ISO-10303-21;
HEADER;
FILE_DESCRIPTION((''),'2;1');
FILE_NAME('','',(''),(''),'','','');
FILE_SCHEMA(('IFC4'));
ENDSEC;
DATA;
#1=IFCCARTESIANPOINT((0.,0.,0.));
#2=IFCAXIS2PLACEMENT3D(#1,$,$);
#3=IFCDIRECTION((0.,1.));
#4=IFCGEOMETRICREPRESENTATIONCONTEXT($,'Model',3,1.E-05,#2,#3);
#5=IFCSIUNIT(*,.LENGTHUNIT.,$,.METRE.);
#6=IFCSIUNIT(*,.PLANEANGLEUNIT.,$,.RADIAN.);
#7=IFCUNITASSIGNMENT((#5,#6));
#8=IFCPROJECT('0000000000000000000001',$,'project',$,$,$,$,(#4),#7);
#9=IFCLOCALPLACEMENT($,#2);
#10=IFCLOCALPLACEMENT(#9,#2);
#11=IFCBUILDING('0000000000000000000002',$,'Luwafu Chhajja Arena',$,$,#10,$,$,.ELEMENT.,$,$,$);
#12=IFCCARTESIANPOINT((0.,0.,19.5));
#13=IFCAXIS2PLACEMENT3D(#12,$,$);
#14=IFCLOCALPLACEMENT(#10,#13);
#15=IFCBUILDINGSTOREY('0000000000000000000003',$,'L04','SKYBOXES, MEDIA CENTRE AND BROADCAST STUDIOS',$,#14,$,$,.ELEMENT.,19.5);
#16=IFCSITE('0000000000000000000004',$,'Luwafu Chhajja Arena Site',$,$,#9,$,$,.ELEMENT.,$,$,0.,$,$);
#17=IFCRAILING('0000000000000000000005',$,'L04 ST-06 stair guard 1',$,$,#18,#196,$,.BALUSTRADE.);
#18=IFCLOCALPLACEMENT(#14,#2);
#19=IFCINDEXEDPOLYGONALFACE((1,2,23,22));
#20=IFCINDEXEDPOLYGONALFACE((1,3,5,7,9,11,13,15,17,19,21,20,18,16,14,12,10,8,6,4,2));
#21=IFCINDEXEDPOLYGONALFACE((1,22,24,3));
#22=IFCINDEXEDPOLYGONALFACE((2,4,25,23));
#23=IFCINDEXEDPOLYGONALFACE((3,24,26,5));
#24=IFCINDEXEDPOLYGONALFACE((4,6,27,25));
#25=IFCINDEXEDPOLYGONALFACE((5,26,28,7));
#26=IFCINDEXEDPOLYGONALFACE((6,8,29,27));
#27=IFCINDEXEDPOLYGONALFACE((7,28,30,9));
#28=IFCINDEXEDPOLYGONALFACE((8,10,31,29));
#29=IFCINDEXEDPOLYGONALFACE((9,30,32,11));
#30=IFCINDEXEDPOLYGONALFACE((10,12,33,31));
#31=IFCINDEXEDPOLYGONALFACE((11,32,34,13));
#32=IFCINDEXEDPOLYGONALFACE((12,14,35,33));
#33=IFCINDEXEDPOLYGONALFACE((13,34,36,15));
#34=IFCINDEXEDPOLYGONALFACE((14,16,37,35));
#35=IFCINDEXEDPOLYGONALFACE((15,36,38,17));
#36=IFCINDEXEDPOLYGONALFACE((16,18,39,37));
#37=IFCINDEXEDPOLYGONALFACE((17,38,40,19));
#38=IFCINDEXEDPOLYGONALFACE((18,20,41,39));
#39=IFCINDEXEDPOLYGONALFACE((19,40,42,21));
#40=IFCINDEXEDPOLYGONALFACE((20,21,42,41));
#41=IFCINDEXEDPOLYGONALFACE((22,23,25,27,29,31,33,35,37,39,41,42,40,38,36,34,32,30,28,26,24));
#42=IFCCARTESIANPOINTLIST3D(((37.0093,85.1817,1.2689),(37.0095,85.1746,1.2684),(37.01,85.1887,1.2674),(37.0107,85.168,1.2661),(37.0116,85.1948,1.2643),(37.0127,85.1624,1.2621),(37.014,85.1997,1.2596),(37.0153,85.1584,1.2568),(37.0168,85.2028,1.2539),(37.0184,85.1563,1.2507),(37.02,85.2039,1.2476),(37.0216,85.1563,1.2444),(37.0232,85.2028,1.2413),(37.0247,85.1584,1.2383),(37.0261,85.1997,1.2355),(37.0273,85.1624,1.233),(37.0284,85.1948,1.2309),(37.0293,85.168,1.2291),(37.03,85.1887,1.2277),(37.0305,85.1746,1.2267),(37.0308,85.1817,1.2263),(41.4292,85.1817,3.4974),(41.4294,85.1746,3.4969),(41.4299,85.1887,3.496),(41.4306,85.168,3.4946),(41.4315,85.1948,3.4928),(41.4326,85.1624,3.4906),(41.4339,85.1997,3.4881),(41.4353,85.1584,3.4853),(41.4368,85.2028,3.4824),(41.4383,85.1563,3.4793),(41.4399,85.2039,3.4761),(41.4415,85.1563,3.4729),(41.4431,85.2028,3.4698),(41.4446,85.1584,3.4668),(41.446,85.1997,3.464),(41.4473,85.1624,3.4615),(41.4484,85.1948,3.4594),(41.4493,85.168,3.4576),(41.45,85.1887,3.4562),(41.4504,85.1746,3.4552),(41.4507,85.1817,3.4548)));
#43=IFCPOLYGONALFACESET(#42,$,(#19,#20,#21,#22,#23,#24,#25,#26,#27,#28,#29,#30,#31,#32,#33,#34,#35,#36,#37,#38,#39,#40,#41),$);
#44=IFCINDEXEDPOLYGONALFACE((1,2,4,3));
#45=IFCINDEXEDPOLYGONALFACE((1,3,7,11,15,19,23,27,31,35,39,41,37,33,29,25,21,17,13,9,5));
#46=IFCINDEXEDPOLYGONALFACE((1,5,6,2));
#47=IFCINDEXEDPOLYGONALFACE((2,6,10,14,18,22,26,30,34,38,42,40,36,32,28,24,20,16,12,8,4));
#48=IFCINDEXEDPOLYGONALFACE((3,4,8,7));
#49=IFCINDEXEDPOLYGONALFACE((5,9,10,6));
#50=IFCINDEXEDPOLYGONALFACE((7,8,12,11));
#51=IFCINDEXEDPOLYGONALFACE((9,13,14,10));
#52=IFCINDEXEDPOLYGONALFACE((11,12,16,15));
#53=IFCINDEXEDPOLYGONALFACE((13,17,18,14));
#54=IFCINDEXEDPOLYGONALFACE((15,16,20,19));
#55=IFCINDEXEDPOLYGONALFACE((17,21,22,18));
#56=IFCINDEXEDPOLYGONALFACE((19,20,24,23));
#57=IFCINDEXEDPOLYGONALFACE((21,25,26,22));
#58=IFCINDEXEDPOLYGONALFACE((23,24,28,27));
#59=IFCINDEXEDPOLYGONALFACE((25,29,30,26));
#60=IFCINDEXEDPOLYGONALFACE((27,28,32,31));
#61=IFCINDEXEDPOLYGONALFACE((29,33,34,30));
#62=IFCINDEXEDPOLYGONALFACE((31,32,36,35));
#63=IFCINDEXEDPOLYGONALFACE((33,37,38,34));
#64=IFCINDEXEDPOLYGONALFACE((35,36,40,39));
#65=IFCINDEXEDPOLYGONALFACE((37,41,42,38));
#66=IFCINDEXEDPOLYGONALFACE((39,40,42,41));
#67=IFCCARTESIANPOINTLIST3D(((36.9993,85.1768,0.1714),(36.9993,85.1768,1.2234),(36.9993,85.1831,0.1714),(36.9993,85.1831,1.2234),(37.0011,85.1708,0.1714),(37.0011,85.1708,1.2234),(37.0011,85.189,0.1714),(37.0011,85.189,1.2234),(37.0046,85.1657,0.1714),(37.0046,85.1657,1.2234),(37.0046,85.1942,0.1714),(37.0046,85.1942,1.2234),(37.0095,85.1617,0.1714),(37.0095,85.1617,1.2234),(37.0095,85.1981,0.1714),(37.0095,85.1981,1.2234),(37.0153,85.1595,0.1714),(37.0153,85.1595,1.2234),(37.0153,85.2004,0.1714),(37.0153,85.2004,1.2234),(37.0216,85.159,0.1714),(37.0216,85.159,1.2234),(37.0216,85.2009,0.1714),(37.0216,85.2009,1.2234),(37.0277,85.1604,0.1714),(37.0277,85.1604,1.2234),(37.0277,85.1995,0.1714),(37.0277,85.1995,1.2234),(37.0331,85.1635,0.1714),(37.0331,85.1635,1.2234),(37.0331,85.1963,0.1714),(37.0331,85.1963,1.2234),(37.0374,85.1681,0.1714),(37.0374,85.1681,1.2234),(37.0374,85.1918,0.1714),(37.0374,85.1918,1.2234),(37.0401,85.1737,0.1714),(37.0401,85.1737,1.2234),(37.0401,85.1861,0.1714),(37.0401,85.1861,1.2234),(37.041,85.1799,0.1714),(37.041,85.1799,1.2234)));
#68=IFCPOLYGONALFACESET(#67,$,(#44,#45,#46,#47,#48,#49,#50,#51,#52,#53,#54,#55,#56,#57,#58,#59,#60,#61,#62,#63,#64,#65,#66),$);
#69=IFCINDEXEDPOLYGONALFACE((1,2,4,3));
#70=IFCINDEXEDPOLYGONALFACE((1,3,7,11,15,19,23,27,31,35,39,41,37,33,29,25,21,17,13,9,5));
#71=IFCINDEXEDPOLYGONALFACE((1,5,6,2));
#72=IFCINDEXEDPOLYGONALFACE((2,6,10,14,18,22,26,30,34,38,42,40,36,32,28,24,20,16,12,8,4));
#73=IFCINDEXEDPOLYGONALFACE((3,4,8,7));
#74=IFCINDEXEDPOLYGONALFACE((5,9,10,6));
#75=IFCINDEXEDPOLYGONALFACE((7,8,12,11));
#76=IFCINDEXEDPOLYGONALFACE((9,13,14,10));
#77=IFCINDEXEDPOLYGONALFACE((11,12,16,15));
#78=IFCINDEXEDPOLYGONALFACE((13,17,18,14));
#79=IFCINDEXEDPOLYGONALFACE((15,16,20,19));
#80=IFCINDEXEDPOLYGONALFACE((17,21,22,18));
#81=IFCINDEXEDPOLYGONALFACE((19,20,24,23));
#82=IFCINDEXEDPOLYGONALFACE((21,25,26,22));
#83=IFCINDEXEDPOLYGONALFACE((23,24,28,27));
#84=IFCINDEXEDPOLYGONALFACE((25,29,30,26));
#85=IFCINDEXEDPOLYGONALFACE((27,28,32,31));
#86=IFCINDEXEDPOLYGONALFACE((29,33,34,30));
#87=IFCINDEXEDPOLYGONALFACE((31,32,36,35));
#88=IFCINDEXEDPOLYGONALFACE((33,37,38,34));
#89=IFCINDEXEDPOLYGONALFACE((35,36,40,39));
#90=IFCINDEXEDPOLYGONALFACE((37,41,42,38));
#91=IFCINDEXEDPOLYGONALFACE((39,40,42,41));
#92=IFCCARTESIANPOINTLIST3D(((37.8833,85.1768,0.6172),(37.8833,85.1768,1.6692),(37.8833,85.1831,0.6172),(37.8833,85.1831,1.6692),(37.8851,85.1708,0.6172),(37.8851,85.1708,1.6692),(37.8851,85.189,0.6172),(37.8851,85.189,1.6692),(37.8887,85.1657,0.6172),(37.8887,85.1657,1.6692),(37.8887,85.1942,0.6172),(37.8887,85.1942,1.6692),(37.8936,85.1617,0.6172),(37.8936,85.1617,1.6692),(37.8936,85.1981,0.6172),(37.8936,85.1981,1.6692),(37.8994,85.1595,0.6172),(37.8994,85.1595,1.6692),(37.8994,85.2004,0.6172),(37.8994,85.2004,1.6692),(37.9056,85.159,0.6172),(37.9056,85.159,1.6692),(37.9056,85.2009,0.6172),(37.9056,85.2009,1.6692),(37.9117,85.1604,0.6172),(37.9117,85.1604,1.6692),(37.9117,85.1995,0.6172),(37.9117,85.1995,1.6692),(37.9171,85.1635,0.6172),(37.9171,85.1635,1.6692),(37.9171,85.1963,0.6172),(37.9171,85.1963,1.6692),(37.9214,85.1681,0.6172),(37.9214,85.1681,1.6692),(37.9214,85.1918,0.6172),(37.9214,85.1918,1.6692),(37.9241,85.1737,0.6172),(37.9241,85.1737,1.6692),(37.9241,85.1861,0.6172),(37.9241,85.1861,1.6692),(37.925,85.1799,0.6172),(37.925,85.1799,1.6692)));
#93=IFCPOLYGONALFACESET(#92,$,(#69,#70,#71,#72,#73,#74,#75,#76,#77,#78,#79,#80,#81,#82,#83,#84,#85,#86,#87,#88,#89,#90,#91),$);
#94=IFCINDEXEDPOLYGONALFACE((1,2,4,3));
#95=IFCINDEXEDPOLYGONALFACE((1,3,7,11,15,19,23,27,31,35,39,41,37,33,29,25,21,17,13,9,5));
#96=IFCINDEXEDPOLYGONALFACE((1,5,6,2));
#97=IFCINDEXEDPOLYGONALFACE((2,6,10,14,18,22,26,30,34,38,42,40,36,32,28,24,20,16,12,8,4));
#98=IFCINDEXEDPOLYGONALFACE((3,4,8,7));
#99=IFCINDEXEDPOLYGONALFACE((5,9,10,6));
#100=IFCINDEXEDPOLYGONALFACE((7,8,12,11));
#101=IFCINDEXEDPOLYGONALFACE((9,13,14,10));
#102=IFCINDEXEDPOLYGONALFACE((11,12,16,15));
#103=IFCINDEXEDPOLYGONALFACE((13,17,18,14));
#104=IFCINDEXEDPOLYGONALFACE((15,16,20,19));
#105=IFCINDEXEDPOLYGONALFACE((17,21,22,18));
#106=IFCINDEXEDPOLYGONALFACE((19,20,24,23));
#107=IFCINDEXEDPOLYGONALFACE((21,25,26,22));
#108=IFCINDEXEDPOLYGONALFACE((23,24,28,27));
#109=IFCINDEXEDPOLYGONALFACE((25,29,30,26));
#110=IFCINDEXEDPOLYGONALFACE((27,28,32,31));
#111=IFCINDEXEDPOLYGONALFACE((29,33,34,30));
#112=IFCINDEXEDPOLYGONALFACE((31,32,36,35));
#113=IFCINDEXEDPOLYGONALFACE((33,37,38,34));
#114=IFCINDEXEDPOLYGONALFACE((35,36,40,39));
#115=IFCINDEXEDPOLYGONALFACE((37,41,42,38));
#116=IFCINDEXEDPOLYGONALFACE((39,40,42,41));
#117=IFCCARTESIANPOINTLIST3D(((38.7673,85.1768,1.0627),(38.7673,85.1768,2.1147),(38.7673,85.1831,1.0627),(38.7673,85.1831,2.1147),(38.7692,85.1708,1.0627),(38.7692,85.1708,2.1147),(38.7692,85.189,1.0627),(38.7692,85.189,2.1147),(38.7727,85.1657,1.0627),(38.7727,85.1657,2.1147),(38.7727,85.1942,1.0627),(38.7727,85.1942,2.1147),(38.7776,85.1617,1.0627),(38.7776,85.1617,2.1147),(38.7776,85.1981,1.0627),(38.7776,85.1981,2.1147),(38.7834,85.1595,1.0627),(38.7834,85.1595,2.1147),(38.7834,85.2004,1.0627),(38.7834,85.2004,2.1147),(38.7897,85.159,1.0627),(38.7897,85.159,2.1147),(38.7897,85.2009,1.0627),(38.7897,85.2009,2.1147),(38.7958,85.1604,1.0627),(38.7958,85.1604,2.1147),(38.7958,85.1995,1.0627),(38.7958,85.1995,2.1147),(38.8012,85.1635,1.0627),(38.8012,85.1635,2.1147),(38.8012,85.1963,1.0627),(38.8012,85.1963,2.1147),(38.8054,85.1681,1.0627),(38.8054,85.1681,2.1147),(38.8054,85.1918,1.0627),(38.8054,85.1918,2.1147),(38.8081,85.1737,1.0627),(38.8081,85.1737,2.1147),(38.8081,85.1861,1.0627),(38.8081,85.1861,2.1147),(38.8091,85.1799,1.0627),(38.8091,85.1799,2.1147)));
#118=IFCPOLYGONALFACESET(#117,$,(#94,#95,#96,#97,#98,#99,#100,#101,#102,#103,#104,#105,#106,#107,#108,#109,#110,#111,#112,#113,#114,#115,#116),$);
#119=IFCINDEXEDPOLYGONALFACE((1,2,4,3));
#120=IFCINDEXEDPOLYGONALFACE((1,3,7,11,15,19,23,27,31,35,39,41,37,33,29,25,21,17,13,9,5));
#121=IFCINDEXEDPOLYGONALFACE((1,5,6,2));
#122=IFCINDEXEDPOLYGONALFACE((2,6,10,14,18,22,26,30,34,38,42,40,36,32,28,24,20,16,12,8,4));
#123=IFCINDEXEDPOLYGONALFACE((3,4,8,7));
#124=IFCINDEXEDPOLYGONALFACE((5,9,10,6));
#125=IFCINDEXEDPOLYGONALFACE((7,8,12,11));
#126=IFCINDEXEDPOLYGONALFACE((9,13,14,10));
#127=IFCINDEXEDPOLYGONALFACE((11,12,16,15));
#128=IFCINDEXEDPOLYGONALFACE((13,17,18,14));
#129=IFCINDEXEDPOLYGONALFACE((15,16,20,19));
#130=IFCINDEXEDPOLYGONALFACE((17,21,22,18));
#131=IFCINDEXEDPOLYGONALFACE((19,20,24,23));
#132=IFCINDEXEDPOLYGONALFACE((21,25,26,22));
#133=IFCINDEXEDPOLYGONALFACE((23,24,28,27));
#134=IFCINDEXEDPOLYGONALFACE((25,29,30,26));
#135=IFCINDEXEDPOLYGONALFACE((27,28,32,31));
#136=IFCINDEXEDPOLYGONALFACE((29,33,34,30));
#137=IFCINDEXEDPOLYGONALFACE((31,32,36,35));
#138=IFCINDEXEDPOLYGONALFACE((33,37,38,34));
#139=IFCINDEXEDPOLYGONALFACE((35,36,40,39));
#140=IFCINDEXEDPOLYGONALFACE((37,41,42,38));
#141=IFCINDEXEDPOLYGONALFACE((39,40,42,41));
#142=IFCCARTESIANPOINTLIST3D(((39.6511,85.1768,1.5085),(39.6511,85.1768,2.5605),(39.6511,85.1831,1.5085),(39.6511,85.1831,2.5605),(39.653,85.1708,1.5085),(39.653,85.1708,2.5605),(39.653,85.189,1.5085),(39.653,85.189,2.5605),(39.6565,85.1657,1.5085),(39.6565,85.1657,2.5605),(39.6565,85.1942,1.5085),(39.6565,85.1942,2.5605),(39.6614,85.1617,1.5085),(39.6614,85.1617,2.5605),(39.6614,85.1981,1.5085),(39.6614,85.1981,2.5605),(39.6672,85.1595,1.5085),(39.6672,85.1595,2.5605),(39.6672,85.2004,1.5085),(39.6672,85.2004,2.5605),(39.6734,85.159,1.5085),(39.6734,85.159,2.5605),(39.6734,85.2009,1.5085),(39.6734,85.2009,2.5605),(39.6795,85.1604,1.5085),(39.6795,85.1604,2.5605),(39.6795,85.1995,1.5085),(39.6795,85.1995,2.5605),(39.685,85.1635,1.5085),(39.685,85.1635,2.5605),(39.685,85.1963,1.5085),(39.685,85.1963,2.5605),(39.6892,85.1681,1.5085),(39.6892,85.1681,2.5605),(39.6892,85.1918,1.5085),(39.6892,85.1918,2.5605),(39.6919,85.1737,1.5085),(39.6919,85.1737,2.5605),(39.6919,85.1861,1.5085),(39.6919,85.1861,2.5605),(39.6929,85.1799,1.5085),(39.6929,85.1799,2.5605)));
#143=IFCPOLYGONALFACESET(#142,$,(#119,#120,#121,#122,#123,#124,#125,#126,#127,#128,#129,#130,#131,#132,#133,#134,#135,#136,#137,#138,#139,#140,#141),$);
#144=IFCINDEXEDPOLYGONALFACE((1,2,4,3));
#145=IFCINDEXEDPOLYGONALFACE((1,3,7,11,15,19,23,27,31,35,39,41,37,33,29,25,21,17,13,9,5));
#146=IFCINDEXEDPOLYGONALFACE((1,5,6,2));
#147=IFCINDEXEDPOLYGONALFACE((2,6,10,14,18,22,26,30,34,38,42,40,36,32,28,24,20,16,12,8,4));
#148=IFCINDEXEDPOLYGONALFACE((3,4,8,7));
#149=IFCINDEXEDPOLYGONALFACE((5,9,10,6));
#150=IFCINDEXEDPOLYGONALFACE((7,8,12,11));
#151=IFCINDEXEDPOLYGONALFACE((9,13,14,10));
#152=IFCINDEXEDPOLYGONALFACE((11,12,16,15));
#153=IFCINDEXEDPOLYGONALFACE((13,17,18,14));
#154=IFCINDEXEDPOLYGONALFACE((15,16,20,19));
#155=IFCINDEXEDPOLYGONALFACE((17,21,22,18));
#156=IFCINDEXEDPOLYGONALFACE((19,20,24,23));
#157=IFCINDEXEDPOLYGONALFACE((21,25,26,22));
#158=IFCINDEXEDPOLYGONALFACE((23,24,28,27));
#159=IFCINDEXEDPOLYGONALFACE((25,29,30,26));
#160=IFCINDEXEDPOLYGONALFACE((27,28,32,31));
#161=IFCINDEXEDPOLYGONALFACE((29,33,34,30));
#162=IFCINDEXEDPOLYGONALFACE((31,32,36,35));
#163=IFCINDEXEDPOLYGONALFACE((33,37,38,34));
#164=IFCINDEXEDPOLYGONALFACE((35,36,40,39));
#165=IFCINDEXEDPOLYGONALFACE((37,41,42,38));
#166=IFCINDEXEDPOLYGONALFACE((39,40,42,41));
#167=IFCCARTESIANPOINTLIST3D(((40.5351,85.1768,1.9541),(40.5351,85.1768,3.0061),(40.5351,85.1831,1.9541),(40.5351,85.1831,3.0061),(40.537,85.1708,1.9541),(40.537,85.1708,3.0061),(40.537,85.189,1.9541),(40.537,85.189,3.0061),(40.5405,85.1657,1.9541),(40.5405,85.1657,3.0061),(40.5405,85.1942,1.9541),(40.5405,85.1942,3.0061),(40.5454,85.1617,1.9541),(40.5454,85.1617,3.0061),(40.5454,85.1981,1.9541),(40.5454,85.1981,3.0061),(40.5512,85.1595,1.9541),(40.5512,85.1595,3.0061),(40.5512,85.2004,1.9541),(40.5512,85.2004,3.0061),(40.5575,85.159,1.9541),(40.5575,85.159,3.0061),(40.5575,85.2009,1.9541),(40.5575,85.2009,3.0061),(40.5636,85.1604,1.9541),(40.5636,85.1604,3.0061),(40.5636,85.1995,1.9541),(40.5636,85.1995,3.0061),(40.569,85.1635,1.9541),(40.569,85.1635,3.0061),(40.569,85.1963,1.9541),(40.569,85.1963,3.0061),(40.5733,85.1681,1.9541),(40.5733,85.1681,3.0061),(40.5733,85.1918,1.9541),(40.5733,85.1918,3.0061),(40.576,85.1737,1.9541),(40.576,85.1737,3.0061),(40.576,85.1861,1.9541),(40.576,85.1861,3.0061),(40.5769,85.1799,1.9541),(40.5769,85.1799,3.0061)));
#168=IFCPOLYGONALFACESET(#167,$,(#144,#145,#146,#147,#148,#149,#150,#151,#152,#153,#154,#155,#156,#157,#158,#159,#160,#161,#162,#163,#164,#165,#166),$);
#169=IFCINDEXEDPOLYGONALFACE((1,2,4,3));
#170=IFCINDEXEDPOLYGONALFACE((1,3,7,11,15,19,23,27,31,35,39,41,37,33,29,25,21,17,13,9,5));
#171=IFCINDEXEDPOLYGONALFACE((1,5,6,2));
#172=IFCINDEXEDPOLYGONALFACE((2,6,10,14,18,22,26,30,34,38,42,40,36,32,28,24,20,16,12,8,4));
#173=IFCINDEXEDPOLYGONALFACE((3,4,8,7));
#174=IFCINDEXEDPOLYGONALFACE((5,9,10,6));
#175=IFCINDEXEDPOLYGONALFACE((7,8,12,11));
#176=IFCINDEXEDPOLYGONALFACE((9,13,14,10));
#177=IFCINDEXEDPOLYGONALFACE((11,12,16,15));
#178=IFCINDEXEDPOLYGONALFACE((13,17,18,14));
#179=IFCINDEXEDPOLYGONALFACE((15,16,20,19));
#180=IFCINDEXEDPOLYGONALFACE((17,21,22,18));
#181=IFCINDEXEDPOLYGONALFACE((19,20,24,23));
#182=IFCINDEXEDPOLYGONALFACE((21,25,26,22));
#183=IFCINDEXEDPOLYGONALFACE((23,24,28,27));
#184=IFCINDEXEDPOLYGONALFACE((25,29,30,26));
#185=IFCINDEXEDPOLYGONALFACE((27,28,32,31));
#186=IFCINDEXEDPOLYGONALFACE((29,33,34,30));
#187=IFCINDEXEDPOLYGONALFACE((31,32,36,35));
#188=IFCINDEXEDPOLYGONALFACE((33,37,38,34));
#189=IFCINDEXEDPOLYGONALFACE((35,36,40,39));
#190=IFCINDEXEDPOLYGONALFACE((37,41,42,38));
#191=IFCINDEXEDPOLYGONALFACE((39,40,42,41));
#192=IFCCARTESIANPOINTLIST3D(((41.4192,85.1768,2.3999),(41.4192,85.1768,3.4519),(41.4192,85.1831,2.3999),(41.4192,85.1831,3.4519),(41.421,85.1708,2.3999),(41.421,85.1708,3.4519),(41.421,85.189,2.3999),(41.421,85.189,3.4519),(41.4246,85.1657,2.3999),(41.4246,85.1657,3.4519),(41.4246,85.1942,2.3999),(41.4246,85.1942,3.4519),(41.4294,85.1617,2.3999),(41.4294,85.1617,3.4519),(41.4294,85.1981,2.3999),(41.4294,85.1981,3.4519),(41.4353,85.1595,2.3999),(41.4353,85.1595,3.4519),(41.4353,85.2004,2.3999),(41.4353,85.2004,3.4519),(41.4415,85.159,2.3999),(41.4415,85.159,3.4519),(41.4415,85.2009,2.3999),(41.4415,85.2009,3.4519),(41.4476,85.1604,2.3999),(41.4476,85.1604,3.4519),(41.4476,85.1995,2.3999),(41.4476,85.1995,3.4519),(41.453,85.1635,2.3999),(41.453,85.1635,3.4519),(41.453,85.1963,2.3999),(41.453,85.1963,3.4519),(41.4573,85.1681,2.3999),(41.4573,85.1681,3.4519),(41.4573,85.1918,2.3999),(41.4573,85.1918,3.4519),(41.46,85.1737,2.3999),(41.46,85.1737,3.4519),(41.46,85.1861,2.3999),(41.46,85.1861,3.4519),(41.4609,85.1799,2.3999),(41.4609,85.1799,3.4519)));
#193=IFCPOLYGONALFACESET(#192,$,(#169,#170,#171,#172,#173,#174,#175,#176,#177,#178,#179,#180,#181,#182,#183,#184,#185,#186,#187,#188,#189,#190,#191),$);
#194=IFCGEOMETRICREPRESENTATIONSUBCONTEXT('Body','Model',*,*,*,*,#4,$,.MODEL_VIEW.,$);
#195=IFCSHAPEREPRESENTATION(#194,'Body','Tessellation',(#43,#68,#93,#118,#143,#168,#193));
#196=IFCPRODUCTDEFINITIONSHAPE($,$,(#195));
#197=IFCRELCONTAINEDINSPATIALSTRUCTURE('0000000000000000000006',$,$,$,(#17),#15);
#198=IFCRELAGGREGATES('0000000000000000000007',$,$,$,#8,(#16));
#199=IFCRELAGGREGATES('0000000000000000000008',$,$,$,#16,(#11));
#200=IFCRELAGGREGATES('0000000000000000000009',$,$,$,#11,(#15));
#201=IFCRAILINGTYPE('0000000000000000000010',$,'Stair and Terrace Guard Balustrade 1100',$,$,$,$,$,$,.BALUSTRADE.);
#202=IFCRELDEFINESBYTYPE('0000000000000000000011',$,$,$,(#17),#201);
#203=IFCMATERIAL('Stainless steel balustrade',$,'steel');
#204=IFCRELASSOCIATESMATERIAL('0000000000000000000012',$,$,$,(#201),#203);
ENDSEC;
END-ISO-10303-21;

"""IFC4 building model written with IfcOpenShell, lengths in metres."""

from ifc_helpers import new_model, si_unit, direction, frame, origin, origin_2d, place, context, subcontext, project, spatial, circle, extrude, material, type_object, element, save


model = new_model("IFC4")

# Units and contexts
model_context = context("Model", 3, precision=1e-05, world=origin(), true_north=direction((0.0, 1.0)))
body_context = subcontext(model_context, "Body", "Model", "MODEL_VIEW")
ifc_project = project(units=[si_unit("LENGTHUNIT", "METRE"), si_unit("PLANEANGLEUNIT", "RADIAN")], contexts=[model_context])

# Site, building, storey
site_placement = place(None, origin())
site = spatial("IfcSite", under=ifc_project, at=site_placement, Name="Luwafu Chhajja Arena Site", CompositionType="ELEMENT", RefElevation=0.0)
building_placement = place(site_placement, origin())
building = spatial("IfcBuilding", under=site, at=building_placement, Name="Luwafu Chhajja Arena", CompositionType="ELEMENT")
storey_placement = place(building_placement, frame((0.0, 0.0, 19.5)))
storey = spatial("IfcBuildingStorey", under=building, at=storey_placement, Name="L04", Description="SKYBOXES, MEDIA CENTRE AND BROADCAST STUDIOS", CompositionType="ELEMENT", Elevation=19.5)

# Railing
ifc_material_1 = material(Name="Stainless steel balustrade", Category="steel")
railing_type_1 = type_object("IfcRailingType", Name="Stair and Terrace Guard Balustrade 1100", PredefinedType="BALUSTRADE", material=ifc_material_1)
railing_1_placement = place(storey_placement, frame((37.02, 85.1799, 0.1714)))
element("IfcRailing", 1, at=railing_1_placement, inside=storey, type_object=railing_type_1, Name="L04 ST-06 stair guard 1", PredefinedType="BALUSTRADE", context=body_context, shape_type="SweptSolid", body=[
    extrude(circle(Radius=0.0239, at=origin_2d()), frame((0.0, 0.0, 1.0762), z_axis=(0.892923, 0.0, 0.45021), x_axis=(0.0, 1.0, 0.0)), (0.0, 0.0, 1.0), 4.95),
    extrude(circle(Radius=0.021, at=origin_2d()), origin(), (0.0, 0.0, 1.0), 1.052),
    extrude(circle(Radius=0.021, at=origin_2d()), frame((0.884, 0.0, 0.4458)), (0.0, 0.0, 1.0), 1.052),
    extrude(circle(Radius=0.021, at=origin_2d()), frame((1.7681, 0.0, 0.8914)), (0.0, 0.0, 1.0), 1.052),
    extrude(circle(Radius=0.021, at=origin_2d()), frame((2.6519, 0.0, 1.3372)), (0.0, 0.0, 1.0), 1.052),
    extrude(circle(Radius=0.021, at=origin_2d()), frame((3.5359, 0.0, 1.7827)), (0.0, 0.0, 1.0), 1.052),
    extrude(circle(Radius=0.021, at=origin_2d()), frame((4.4199, 0.0, 2.2285)), (0.0, 0.0, 1.0), 1.052),
])

save(model, "model.ifc")
